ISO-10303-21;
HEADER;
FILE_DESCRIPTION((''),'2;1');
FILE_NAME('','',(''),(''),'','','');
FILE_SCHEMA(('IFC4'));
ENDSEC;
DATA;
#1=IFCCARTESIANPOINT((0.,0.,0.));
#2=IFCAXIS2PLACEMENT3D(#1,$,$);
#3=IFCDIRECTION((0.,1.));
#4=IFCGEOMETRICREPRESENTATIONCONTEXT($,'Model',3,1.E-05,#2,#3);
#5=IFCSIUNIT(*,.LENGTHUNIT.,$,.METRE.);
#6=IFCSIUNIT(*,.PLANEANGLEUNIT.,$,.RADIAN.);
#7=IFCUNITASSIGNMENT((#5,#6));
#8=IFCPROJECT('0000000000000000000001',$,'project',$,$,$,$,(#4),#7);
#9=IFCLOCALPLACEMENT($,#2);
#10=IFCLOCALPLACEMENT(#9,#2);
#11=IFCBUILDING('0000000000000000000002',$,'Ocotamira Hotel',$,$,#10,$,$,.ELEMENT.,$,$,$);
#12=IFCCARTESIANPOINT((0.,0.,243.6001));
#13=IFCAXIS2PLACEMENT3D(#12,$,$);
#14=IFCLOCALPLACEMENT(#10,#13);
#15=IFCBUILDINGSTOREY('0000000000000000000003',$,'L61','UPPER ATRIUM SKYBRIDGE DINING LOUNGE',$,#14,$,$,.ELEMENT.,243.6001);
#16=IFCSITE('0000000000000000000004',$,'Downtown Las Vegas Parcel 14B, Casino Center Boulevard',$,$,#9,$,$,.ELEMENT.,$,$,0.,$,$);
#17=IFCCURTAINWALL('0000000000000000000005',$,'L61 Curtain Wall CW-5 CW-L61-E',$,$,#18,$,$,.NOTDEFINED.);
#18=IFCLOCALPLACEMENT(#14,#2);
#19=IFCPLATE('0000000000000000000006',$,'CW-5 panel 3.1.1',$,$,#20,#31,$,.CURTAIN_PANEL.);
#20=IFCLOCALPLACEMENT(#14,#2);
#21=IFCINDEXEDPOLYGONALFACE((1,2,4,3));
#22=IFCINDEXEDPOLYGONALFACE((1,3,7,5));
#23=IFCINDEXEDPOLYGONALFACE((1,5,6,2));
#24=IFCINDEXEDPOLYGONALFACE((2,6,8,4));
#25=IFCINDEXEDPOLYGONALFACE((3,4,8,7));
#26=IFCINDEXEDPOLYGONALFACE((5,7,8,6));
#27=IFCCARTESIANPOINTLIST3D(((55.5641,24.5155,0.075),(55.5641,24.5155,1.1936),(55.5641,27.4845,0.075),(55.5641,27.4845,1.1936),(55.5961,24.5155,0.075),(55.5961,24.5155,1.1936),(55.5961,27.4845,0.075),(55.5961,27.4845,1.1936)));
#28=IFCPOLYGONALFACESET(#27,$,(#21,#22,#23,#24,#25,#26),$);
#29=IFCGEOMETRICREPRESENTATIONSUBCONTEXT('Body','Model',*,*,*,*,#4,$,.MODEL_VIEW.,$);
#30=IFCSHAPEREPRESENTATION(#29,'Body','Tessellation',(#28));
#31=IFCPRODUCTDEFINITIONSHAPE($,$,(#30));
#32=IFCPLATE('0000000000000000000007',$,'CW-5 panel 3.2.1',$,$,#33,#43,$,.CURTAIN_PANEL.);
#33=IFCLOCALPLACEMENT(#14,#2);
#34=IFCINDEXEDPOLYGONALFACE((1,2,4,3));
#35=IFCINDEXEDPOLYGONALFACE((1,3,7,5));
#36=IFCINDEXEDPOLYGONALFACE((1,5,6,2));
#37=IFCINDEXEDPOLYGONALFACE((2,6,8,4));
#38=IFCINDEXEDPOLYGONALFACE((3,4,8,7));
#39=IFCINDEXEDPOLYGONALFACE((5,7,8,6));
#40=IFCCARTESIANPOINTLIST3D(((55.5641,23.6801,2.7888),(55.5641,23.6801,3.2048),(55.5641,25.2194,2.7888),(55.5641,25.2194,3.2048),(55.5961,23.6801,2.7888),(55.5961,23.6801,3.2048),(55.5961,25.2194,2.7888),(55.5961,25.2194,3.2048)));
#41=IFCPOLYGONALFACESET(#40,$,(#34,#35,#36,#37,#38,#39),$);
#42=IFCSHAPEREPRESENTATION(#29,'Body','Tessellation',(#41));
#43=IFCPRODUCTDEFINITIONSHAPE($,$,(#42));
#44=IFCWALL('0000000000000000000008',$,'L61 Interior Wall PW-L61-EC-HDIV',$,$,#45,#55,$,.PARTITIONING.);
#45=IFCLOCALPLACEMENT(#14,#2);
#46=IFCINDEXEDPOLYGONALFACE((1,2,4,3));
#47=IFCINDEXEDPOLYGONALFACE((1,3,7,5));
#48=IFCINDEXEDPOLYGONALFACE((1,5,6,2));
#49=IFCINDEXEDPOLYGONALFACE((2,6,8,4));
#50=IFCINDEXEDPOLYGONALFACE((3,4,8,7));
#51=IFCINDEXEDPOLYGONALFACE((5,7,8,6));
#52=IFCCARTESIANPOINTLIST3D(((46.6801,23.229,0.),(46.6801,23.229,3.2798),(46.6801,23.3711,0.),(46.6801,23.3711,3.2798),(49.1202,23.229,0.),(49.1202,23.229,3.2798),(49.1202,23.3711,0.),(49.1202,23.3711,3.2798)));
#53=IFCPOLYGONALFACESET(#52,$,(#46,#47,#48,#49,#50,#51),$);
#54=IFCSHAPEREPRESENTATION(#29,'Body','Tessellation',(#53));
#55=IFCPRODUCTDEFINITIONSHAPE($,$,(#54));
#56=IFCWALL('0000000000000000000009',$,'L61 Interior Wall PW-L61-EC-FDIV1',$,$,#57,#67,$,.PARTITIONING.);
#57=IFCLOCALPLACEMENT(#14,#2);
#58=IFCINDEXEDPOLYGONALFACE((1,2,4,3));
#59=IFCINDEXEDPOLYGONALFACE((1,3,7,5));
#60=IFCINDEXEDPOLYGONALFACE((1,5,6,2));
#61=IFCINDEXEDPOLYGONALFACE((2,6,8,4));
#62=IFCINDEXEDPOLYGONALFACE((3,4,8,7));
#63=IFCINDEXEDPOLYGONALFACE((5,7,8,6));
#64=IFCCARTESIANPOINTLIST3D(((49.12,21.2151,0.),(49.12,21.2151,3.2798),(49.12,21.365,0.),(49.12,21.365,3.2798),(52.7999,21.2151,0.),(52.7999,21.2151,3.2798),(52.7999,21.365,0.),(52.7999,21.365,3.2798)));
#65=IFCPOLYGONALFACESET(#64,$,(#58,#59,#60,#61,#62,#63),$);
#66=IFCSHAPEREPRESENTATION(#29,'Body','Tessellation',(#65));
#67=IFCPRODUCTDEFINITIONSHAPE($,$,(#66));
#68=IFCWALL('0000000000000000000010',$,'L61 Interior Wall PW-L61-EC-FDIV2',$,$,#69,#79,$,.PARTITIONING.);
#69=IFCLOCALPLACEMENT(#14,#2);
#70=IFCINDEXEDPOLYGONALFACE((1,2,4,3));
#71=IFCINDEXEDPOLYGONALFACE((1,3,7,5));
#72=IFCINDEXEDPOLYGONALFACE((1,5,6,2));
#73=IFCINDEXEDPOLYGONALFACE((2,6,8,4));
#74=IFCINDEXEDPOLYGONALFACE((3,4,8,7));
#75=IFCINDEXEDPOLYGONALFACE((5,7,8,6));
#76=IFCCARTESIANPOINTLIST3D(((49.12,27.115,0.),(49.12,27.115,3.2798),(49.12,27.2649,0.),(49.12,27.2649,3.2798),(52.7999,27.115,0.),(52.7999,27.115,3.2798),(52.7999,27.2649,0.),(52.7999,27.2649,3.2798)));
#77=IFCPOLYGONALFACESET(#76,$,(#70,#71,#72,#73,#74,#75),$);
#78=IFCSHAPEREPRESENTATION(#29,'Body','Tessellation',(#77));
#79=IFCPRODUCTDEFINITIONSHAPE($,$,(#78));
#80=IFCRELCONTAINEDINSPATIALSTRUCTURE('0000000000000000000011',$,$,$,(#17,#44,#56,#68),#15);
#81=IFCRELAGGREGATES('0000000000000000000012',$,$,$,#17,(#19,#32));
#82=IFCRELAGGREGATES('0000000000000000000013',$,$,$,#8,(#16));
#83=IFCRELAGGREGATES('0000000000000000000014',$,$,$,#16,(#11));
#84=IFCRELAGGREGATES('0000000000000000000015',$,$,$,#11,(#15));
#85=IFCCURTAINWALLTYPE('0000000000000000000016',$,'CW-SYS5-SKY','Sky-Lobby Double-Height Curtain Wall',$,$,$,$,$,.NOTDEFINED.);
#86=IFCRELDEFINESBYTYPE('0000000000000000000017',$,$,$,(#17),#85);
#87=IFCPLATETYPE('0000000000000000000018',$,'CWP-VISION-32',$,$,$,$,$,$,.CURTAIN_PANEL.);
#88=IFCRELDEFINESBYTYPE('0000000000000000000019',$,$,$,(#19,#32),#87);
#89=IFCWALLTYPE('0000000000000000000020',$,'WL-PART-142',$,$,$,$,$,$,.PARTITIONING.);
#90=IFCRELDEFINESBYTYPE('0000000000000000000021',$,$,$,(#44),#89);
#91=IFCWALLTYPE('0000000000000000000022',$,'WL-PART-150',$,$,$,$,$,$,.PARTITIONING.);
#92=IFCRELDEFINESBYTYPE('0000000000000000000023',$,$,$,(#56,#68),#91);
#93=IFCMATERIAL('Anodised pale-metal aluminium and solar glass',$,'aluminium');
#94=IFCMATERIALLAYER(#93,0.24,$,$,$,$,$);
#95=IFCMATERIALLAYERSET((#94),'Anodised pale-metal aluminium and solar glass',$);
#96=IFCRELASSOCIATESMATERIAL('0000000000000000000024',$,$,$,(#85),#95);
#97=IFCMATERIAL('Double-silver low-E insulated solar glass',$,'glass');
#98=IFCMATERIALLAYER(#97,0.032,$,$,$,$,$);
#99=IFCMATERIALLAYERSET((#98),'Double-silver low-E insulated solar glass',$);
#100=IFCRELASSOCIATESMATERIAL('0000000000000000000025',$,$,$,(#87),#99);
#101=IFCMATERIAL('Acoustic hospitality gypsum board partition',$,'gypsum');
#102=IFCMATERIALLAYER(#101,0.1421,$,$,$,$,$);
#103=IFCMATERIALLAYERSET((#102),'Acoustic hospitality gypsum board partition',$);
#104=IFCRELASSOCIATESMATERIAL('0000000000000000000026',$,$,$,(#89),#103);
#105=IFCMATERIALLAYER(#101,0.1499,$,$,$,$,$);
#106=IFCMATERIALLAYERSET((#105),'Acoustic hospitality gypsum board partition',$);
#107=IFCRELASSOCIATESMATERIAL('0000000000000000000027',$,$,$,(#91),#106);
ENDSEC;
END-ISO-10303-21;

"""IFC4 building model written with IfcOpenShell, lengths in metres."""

from ifc_helpers import new_model, si_unit, direction, frame, frame_2d, origin, origin_2d, place, context, subcontext, project, spatial, rectangle, extrude, source, transform, mapped, material, layer, layer_set, type_object, element, aggregate, save


model = new_model("IFC4")

# Units and contexts
model_context = context("Model", 3, precision=1e-05, world=origin(), true_north=direction((0.0, 1.0)))
body_context = subcontext(model_context, "Body", "Model", "MODEL_VIEW")
ifc_project = project(units=[si_unit("LENGTHUNIT", "METRE"), si_unit("PLANEANGLEUNIT", "RADIAN")], contexts=[model_context])

# Site, building, storey
site_placement = place(None, origin())
site = spatial("IfcSite", under=ifc_project, at=site_placement, Name="Downtown Las Vegas Parcel 14B, Casino Center Boulevard", CompositionType="ELEMENT", RefElevation=0.0)
building_placement = place(site_placement, origin())
building = spatial("IfcBuilding", under=site, at=building_placement, Name="Ocotamira Hotel", CompositionType="ELEMENT")
storey_placement = place(building_placement, frame((0.0, 0.0, 243.6001)))
storey = spatial("IfcBuildingStorey", under=building, at=storey_placement, Name="L61", Description="UPPER ATRIUM SKYBRIDGE DINING LOUNGE", CompositionType="ELEMENT", Elevation=243.6001)

# Curtain wall
ifc_material_1 = material(Name="Anodised pale-metal aluminium and solar glass", Category="aluminium")
ifc_layer_1 = layer(ifc_material_1, 0.24)
ifc_layer_set_1 = layer_set([ifc_layer_1], Name="Anodised pale-metal aluminium and solar glass")
curtain_wall_type = type_object("IfcCurtainWallType", Name="CW-SYS5-SKY", Description="Sky-Lobby Double-Height Curtain Wall", PredefinedType="NOTDEFINED", material=ifc_layer_set_1)
curtain_wall_placement = place(storey_placement, origin())
curtain_wall = element("IfcCurtainWall", 1, at=curtain_wall_placement, inside=storey, type_object=curtain_wall_type, Name="L61 Curtain Wall CW-5 CW-L61-E", PredefinedType="NOTDEFINED")

# Plates
ifc_material_2 = material(Name="Double-silver low-E insulated solar glass", Category="glass")
ifc_layer_2 = layer(ifc_material_2, 0.032)
ifc_layer_set_2 = layer_set([ifc_layer_2], Name="Double-silver low-E insulated solar glass")
plate_type_1 = type_object("IfcPlateType", Name="CWP-VISION-32", PredefinedType="CURTAIN_PANEL", material=ifc_layer_set_2)
shared_shape_1 = source(origin(), body_context, "Body", "SweptSolid", [
    extrude(rectangle(XDim=2.969, YDim=0.032, at=origin_2d()), origin(), (0.0, 0.0, 1.0), 1.1187),
])
plate_1_placement = place(storey_placement, frame((55.5801, 26.0, 0.075), z_axis=(0.0, 0.0, 1.0), x_axis=(0.0, 1.0, 0.0)))
plate_1 = element("IfcPlate", 2, at=plate_1_placement, type_object=plate_type_1, Name="CW-5 panel 3.1.1", PredefinedType="CURTAIN_PANEL", context=body_context, shape_type="MappedRepresentation", body=[
    mapped(shared_shape_1, transform((0.0, 0.0, 0.0), scale=1.0)),
])
shared_shape_2 = source(origin(), body_context, "Body", "SweptSolid", [
    extrude(rectangle(XDim=1.5393, YDim=0.032, at=origin_2d()), origin(), (0.0, 0.0, 1.0), 0.416),
])
plate_2_placement = place(storey_placement, frame((55.5801, 24.4497, 2.7888), z_axis=(0.0, 0.0, 1.0), x_axis=(0.0, 1.0, 0.0)))
plate_2 = element("IfcPlate", 3, at=plate_2_placement, type_object=plate_type_1, Name="CW-5 panel 3.2.1", PredefinedType="CURTAIN_PANEL", context=body_context, shape_type="MappedRepresentation", body=[
    mapped(shared_shape_2, transform((0.0, 0.0, 0.0), scale=1.0)),
])
aggregate(curtain_wall, [plate_1, plate_2])

# Walls
ifc_material_3 = material(Name="Acoustic hospitality gypsum board partition", Category="gypsum")
ifc_layer_3 = layer(ifc_material_3, 0.1421)
ifc_layer_set_3 = layer_set([ifc_layer_3], Name="Acoustic hospitality gypsum board partition")
wall_type_1 = type_object("IfcWallType", Name="WL-PART-142", PredefinedType="PARTITIONING", material=ifc_layer_set_3)
wall_placement = place(storey_placement, frame((46.6799, 23.3, 0.0), z_axis=(0.0, 0.0, 1.0), x_axis=(1.0, 0.0, 0.0)))
element("IfcWall", 4, at=wall_placement, inside=storey, type_object=wall_type_1, Name="L61 Interior Wall PW-L61-EC-HDIV", PredefinedType="PARTITIONING", context=body_context, shape_type="SweptSolid", body=[
    extrude(rectangle(XDim=2.4402, YDim=0.1421, at=frame_2d((1.2202, 0.0))), origin(), (0.0, 0.0, 1.0), 3.2798),
])
ifc_layer_4 = layer(ifc_material_3, 0.1499)
ifc_layer_set_4 = layer_set([ifc_layer_4], Name="Acoustic hospitality gypsum board partition")
wall_type_2 = type_object("IfcWallType", Name="WL-PART-150", PredefinedType="PARTITIONING", material=ifc_layer_set_4)
for number, where, z_axis, x_axis, name in (
    (5, (49.1201, 21.29, 0.0), (0.0, 0.0, 1.0), (1.0, 0.0, 0.0), "L61 Interior Wall PW-L61-EC-FDIV1"),
    (6, (49.1201, 27.1899, 0.0), (0.0, 0.0, 1.0), (1.0, 0.0, 0.0), "L61 Interior Wall PW-L61-EC-FDIV2"),
):
    element("IfcWall", number, at=place(storey_placement, frame(where, z_axis=z_axis, x_axis=x_axis)), inside=storey, type_object=wall_type_2, Name=name, PredefinedType="PARTITIONING", context=body_context, shape_type="SweptSolid", body=[
        extrude(rectangle(XDim=3.6799, YDim=0.1499, at=frame_2d((1.8398, 0.0))), origin(), (0.0, 0.0, 1.0), 3.2798),
    ])

save(model, "model.ifc")
